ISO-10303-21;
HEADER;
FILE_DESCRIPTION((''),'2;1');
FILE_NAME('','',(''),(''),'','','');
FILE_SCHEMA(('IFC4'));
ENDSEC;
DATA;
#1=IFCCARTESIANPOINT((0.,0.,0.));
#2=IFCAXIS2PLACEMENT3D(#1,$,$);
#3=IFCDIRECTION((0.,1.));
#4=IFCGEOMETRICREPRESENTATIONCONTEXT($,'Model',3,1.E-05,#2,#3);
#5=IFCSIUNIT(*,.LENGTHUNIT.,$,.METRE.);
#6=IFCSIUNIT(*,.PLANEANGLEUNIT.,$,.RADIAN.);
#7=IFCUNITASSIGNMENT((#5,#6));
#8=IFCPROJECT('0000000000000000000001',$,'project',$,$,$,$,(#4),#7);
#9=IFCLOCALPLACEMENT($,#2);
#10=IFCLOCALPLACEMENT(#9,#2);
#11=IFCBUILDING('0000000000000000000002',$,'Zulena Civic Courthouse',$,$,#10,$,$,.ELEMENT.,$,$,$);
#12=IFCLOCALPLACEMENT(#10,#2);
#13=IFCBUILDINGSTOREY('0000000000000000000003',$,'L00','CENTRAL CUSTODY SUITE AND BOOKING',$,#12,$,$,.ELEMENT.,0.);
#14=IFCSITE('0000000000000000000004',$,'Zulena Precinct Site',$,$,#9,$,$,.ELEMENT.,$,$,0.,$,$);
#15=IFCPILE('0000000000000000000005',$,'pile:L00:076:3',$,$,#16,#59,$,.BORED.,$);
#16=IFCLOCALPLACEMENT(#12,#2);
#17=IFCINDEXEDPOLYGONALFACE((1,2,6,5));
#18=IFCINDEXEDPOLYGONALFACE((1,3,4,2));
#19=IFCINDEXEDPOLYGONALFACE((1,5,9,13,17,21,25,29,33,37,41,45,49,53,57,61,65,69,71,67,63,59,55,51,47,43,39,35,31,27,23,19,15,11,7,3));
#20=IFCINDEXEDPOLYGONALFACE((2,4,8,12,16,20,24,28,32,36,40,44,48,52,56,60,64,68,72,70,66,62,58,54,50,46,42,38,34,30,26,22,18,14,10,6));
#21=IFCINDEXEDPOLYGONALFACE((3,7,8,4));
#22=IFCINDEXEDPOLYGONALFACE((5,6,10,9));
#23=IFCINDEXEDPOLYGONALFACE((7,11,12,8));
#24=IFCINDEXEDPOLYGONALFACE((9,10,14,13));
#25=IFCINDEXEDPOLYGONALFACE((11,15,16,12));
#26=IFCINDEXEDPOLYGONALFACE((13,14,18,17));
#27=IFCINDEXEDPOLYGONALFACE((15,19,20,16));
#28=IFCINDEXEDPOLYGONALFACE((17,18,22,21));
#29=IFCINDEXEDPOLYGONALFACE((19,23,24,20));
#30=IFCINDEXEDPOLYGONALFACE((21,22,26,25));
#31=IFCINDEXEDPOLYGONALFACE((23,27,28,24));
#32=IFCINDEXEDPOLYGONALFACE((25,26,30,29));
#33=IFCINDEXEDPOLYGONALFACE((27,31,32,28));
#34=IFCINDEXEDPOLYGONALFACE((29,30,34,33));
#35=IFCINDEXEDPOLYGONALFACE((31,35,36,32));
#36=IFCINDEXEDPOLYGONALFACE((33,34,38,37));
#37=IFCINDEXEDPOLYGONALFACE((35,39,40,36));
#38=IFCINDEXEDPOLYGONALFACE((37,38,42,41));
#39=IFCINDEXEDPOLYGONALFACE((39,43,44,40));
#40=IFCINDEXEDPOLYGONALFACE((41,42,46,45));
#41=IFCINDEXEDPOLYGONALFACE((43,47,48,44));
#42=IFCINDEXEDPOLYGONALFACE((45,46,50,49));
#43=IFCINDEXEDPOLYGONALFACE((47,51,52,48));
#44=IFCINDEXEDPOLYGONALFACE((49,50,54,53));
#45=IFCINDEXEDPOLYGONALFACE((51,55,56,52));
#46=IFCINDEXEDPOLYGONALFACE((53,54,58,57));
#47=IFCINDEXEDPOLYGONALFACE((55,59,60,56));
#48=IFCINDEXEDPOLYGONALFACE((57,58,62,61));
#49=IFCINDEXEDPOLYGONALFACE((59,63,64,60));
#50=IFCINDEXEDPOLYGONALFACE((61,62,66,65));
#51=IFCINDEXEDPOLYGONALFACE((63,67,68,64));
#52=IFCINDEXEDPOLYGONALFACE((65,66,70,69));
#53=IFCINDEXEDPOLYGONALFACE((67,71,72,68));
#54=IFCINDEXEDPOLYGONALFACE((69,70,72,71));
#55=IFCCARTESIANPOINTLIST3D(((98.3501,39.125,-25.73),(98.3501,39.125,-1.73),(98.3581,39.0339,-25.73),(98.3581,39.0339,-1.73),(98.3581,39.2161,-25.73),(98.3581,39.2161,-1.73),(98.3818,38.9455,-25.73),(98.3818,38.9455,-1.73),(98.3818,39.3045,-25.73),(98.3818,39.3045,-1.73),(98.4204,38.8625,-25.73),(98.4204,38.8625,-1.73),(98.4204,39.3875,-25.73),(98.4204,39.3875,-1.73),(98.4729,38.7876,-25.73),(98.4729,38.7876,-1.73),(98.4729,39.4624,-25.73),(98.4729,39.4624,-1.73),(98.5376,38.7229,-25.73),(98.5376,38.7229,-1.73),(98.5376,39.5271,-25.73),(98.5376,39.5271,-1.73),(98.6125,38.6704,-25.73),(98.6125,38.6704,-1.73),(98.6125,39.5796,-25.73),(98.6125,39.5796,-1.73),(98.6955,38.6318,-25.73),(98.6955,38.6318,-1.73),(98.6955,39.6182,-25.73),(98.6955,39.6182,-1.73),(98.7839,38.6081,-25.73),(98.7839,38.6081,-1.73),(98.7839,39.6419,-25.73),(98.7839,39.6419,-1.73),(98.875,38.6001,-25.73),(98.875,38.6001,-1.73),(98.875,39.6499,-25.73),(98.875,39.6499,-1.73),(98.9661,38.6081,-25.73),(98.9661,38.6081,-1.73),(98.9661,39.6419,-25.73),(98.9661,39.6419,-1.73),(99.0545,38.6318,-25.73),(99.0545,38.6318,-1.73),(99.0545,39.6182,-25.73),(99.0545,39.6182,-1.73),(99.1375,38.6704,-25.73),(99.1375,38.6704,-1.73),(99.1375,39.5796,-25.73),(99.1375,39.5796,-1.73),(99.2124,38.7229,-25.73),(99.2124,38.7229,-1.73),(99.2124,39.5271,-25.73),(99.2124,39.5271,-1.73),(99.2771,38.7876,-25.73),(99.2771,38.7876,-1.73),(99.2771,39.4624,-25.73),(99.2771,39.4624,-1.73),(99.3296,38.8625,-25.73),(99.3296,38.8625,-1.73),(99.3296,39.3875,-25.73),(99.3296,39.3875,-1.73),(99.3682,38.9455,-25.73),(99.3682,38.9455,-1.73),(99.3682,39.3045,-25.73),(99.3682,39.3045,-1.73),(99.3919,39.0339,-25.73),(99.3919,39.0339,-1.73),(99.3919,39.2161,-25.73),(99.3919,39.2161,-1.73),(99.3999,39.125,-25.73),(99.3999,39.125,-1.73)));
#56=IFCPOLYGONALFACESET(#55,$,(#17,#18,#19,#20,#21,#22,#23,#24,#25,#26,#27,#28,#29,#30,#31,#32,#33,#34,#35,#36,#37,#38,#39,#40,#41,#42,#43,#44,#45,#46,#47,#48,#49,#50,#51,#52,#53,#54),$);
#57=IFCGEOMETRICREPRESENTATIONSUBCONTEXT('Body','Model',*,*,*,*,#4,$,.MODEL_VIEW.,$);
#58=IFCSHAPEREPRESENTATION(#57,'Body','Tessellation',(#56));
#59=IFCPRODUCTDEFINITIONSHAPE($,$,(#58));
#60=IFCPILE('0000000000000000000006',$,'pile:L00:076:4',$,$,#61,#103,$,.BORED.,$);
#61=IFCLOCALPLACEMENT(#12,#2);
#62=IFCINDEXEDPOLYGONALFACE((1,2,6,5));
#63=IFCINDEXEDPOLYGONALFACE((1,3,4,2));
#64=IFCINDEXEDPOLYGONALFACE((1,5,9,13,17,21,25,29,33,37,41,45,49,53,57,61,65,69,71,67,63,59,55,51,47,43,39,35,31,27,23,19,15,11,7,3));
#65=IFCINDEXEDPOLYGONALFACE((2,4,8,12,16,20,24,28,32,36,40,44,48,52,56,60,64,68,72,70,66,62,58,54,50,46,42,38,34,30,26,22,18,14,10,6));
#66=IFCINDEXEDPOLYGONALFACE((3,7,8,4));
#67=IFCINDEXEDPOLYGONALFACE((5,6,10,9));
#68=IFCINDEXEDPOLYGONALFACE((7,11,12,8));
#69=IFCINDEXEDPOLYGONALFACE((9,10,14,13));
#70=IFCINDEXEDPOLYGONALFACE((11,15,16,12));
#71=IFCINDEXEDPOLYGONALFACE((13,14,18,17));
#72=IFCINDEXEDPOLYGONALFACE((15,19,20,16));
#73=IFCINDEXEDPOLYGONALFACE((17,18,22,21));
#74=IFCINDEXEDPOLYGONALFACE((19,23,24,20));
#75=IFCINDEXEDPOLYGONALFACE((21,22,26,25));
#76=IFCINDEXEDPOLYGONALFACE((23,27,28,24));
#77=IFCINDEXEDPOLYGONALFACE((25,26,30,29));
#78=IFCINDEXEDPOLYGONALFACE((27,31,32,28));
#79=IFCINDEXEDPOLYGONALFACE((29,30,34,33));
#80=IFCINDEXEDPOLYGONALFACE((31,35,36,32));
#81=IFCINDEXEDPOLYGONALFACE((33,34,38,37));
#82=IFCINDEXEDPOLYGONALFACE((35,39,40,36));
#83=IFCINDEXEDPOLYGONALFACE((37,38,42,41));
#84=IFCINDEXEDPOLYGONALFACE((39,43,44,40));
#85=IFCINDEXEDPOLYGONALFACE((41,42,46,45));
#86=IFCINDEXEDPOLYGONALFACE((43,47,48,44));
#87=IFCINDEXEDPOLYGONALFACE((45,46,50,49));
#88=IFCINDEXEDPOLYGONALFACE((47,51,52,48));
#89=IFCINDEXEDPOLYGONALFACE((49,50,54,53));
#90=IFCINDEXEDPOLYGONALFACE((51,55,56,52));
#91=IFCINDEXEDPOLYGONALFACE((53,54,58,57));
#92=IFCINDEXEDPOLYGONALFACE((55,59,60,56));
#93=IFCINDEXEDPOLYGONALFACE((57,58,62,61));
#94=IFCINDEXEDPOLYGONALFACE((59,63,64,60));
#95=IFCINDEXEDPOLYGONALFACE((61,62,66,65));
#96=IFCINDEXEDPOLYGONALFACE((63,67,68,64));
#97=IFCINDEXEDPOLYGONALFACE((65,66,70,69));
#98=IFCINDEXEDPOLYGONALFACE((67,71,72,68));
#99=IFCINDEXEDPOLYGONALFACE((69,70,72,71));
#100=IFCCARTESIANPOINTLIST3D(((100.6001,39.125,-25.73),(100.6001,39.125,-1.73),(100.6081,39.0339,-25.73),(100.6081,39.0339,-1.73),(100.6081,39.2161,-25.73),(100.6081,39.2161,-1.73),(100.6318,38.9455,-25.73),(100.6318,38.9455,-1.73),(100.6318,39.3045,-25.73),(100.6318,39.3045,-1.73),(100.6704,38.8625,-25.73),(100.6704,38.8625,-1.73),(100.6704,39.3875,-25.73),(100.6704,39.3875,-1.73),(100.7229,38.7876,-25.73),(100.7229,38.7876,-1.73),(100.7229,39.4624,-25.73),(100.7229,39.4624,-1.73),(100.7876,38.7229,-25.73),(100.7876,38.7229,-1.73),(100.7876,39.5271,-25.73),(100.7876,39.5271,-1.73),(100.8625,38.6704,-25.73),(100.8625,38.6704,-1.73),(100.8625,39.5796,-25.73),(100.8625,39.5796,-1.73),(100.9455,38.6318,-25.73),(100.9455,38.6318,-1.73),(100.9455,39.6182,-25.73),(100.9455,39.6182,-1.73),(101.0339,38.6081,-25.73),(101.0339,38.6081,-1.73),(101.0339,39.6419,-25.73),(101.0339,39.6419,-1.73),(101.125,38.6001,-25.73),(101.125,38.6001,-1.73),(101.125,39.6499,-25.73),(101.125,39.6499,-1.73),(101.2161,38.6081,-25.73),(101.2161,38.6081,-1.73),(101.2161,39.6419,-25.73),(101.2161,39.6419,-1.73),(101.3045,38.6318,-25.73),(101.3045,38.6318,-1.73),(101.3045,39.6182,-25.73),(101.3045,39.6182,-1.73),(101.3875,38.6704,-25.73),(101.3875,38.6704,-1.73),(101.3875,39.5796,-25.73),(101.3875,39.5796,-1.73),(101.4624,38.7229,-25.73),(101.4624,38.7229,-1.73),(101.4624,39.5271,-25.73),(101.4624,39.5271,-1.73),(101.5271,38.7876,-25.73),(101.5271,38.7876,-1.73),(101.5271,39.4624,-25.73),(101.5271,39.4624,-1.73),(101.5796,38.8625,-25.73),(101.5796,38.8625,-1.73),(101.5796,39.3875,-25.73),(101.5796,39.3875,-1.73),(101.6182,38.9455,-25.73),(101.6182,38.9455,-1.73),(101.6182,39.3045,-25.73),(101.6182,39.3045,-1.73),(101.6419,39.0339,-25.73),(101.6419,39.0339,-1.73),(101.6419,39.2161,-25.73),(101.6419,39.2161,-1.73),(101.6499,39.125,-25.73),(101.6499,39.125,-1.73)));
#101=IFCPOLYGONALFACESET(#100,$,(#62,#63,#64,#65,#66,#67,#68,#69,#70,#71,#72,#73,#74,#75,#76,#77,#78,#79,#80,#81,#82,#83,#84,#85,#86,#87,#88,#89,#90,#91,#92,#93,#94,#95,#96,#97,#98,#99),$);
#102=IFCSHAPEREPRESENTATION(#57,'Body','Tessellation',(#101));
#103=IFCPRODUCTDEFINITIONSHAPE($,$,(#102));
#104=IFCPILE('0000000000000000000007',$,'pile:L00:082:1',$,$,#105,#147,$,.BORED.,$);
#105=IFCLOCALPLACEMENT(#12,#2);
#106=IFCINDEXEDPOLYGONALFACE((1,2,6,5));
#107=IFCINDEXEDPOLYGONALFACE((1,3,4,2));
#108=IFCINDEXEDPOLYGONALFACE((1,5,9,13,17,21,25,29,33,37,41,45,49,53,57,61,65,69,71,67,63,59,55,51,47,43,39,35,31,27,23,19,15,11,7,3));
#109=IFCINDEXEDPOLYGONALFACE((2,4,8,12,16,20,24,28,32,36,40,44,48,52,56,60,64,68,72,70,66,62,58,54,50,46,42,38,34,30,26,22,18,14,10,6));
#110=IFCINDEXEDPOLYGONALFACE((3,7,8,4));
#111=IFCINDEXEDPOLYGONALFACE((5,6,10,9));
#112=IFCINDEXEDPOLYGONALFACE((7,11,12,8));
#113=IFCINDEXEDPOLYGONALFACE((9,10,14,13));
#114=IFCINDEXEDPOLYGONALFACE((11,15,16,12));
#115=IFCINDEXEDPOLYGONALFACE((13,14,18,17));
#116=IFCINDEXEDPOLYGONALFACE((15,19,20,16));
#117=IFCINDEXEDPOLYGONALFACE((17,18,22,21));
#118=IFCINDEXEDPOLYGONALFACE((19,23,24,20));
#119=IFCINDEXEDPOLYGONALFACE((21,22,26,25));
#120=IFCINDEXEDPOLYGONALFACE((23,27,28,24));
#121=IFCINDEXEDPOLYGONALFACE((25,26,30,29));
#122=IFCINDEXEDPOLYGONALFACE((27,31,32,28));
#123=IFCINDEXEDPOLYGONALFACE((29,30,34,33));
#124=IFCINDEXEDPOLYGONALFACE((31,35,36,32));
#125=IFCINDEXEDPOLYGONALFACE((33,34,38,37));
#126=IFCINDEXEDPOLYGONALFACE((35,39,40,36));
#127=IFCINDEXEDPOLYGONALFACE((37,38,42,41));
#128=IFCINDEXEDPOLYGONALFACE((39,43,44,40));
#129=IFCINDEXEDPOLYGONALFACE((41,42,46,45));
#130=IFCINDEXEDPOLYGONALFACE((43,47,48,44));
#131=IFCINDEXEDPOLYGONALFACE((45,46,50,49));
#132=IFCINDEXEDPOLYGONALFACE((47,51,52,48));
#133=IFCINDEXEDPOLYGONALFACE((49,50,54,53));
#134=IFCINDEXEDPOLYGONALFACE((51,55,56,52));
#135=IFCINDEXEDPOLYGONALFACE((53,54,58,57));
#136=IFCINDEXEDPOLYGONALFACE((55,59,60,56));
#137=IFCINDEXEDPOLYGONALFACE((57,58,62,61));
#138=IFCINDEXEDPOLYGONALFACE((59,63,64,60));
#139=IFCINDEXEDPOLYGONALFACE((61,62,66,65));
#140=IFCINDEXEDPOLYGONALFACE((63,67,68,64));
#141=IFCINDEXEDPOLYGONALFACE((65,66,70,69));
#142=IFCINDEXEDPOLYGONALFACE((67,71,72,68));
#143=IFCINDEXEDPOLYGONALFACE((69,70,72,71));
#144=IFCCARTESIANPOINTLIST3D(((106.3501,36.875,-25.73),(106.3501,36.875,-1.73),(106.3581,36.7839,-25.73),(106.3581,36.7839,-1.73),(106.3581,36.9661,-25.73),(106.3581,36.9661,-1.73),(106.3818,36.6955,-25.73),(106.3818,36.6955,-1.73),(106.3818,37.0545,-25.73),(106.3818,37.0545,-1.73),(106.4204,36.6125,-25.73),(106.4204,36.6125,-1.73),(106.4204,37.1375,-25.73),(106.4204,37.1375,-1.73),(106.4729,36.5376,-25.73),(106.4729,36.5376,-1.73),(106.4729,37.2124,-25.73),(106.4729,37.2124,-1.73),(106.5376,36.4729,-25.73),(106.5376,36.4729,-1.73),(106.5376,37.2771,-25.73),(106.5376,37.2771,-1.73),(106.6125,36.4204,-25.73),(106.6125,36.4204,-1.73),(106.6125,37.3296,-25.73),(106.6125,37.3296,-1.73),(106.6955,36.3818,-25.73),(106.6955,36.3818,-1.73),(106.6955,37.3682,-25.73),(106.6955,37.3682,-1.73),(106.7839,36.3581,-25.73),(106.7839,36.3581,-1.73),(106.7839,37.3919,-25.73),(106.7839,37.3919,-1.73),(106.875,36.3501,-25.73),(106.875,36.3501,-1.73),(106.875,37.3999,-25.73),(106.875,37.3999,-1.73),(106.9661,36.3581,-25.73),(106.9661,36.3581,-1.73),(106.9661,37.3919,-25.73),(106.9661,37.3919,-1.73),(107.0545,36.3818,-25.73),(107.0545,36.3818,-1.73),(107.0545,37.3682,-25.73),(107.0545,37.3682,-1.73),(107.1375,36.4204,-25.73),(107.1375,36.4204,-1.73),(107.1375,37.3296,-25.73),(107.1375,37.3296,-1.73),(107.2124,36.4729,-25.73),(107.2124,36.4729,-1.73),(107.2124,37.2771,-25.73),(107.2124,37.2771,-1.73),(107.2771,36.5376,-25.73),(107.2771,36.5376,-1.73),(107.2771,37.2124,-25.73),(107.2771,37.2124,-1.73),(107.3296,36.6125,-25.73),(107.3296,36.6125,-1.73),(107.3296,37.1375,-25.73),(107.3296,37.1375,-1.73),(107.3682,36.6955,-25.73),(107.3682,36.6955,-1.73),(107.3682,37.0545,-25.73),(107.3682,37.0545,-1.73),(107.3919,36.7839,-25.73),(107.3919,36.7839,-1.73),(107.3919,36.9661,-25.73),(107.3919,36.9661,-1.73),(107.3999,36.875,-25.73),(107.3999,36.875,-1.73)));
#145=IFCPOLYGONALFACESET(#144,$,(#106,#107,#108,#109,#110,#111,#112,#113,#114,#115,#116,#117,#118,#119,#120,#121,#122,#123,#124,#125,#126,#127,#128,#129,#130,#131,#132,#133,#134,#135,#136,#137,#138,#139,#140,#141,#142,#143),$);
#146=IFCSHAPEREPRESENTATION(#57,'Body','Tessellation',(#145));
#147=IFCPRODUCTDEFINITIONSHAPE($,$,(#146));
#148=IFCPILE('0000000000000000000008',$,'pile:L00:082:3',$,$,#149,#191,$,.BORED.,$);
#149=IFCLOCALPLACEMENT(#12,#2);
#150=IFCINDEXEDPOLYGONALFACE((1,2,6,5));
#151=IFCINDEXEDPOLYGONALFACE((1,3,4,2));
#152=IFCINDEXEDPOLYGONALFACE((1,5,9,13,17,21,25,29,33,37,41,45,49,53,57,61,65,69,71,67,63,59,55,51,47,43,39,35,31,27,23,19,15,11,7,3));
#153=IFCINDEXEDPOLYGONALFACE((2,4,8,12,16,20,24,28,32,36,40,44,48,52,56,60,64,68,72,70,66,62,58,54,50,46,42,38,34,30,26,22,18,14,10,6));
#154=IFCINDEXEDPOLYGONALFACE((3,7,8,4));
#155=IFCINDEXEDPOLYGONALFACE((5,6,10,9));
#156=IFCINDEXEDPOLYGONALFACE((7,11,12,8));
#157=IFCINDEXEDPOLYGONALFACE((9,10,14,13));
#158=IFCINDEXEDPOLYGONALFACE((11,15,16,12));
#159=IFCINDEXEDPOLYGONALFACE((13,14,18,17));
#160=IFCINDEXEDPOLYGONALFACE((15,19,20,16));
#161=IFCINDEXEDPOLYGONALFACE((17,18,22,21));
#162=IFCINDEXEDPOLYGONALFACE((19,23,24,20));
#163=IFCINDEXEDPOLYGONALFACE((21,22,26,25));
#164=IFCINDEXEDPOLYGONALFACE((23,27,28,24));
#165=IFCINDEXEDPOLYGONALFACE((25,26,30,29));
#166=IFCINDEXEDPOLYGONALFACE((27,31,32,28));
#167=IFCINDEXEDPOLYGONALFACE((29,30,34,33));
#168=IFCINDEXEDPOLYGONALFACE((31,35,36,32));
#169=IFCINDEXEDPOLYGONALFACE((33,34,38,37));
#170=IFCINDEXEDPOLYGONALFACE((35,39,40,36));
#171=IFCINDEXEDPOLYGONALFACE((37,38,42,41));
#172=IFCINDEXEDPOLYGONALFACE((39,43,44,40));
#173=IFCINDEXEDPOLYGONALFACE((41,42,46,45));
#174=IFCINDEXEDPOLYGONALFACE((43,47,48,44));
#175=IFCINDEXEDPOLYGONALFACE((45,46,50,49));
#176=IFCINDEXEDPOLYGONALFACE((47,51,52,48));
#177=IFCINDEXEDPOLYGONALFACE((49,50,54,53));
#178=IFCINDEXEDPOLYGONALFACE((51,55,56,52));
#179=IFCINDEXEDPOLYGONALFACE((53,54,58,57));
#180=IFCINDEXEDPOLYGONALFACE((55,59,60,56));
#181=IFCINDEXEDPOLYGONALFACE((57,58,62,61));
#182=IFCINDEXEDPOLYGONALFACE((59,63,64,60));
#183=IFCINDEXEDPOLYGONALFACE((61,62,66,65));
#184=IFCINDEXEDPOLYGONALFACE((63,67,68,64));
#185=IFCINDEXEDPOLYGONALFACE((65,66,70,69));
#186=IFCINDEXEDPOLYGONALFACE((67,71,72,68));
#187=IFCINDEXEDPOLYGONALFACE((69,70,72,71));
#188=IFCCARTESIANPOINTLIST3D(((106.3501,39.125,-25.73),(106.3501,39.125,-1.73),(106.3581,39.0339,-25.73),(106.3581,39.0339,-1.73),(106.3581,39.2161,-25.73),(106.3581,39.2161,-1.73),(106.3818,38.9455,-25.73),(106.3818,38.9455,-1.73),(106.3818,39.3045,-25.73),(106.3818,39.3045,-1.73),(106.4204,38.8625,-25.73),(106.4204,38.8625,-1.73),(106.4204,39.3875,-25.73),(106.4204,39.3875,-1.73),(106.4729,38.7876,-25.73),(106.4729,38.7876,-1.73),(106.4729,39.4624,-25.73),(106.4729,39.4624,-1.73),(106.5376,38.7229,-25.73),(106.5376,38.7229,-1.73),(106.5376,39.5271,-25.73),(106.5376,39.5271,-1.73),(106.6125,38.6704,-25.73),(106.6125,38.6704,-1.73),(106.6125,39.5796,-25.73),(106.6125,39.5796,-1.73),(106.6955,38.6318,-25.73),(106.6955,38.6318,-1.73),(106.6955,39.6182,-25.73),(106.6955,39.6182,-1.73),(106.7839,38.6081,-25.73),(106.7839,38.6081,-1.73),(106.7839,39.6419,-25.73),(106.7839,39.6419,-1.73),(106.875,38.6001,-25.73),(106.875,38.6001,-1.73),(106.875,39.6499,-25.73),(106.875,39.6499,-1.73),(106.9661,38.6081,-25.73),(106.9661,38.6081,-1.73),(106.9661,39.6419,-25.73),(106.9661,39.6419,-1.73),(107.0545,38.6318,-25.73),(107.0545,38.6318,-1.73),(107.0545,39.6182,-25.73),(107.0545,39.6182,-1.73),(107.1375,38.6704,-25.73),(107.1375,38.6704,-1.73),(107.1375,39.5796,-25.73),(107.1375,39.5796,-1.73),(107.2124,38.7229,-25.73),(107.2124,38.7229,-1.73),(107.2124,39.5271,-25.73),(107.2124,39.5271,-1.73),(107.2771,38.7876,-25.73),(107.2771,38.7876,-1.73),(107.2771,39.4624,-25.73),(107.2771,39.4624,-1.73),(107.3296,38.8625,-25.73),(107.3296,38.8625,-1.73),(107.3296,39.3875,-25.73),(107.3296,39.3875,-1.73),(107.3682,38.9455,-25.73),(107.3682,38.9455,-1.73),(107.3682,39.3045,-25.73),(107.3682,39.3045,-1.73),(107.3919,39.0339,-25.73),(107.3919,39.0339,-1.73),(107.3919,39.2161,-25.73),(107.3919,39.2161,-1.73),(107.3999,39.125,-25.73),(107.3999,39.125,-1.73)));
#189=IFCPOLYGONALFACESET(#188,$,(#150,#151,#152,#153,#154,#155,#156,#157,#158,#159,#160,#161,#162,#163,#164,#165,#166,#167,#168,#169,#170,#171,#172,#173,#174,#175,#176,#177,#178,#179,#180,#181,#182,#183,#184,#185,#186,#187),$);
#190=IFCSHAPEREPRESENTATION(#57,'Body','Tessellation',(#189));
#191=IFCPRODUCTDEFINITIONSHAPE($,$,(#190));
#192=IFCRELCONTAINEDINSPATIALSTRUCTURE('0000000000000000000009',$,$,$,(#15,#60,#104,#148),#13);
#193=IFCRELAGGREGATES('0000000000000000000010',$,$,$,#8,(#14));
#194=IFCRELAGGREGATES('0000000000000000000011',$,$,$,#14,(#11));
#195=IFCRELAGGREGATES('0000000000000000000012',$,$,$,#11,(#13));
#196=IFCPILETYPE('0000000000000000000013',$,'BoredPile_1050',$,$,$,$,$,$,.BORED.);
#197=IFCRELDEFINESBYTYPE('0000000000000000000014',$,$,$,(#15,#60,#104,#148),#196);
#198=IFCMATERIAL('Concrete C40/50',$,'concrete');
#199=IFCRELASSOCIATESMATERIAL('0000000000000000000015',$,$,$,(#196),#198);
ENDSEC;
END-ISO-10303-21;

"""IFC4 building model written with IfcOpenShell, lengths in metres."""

from ifc_helpers import new_model, si_unit, direction, frame, origin, origin_2d, place, context, subcontext, project, spatial, circle, extrude, material, material_profile, profile_set, type_object, element, save


model = new_model("IFC4")

# Units and contexts
model_context = context("Model", 3, precision=1e-05, world=origin(), true_north=direction((0.0, 1.0)))
body_context = subcontext(model_context, "Body", "Model", "MODEL_VIEW")
ifc_project = project(units=[si_unit("LENGTHUNIT", "METRE"), si_unit("PLANEANGLEUNIT", "RADIAN")], contexts=[model_context])

# Site, building, storey
site_placement = place(None, origin())
site = spatial("IfcSite", under=ifc_project, at=site_placement, Name="Zulena Precinct Site", CompositionType="ELEMENT", RefElevation=0.0)
building_placement = place(site_placement, origin())
building = spatial("IfcBuilding", under=site, at=building_placement, Name="Zulena Civic Courthouse", CompositionType="ELEMENT")
storey_placement = place(building_placement, origin())
storey = spatial("IfcBuildingStorey", under=building, at=storey_placement, Name="L00", Description="CENTRAL CUSTODY SUITE AND BOOKING", CompositionType="ELEMENT", Elevation=0.0)

# Piles
ifc_material_1 = material(Name="Concrete C40/50", Category="concrete")
ifc_material_profile_1 = material_profile(ifc_material_1, circle(Radius=0.5249, at=origin_2d()), Name="PILE1050")
ifc_profile_set_1 = profile_set([ifc_material_profile_1], Name="Concrete C40/50")
pile_type_1 = type_object("IfcPileType", Name="BoredPile_1050", PredefinedType="BORED", material=ifc_profile_set_1)
for number, where, z_axis, x_axis, name in (
    (1, (98.875, 39.125, -1.73), (0.0, 0.0, -1.0), (1.0, 0.0, 0.0), "pile:L00:076:3"),
    (2, (101.125, 39.125, -1.73), (0.0, 0.0, -1.0), (1.0, 0.0, 0.0), "pile:L00:076:4"),
    (3, (106.875, 36.875, -1.73), (0.0, 0.0, -1.0), (1.0, 0.0, 0.0), "pile:L00:082:1"),
    (4, (106.875, 39.125, -1.73), (0.0, 0.0, -1.0), (1.0, 0.0, 0.0), "pile:L00:082:3"),
):
    element("IfcPile", number, at=place(storey_placement, frame(where, z_axis=z_axis, x_axis=x_axis)), inside=storey, type_object=pile_type_1, Name=name, PredefinedType="BORED", context=body_context, shape_type="SweptSolid", body=[
        extrude(circle(Radius=0.5249, at=origin_2d()), origin(), (0.0, 0.0, 1.0), 24.0),
    ])

save(model, "model.ifc")
